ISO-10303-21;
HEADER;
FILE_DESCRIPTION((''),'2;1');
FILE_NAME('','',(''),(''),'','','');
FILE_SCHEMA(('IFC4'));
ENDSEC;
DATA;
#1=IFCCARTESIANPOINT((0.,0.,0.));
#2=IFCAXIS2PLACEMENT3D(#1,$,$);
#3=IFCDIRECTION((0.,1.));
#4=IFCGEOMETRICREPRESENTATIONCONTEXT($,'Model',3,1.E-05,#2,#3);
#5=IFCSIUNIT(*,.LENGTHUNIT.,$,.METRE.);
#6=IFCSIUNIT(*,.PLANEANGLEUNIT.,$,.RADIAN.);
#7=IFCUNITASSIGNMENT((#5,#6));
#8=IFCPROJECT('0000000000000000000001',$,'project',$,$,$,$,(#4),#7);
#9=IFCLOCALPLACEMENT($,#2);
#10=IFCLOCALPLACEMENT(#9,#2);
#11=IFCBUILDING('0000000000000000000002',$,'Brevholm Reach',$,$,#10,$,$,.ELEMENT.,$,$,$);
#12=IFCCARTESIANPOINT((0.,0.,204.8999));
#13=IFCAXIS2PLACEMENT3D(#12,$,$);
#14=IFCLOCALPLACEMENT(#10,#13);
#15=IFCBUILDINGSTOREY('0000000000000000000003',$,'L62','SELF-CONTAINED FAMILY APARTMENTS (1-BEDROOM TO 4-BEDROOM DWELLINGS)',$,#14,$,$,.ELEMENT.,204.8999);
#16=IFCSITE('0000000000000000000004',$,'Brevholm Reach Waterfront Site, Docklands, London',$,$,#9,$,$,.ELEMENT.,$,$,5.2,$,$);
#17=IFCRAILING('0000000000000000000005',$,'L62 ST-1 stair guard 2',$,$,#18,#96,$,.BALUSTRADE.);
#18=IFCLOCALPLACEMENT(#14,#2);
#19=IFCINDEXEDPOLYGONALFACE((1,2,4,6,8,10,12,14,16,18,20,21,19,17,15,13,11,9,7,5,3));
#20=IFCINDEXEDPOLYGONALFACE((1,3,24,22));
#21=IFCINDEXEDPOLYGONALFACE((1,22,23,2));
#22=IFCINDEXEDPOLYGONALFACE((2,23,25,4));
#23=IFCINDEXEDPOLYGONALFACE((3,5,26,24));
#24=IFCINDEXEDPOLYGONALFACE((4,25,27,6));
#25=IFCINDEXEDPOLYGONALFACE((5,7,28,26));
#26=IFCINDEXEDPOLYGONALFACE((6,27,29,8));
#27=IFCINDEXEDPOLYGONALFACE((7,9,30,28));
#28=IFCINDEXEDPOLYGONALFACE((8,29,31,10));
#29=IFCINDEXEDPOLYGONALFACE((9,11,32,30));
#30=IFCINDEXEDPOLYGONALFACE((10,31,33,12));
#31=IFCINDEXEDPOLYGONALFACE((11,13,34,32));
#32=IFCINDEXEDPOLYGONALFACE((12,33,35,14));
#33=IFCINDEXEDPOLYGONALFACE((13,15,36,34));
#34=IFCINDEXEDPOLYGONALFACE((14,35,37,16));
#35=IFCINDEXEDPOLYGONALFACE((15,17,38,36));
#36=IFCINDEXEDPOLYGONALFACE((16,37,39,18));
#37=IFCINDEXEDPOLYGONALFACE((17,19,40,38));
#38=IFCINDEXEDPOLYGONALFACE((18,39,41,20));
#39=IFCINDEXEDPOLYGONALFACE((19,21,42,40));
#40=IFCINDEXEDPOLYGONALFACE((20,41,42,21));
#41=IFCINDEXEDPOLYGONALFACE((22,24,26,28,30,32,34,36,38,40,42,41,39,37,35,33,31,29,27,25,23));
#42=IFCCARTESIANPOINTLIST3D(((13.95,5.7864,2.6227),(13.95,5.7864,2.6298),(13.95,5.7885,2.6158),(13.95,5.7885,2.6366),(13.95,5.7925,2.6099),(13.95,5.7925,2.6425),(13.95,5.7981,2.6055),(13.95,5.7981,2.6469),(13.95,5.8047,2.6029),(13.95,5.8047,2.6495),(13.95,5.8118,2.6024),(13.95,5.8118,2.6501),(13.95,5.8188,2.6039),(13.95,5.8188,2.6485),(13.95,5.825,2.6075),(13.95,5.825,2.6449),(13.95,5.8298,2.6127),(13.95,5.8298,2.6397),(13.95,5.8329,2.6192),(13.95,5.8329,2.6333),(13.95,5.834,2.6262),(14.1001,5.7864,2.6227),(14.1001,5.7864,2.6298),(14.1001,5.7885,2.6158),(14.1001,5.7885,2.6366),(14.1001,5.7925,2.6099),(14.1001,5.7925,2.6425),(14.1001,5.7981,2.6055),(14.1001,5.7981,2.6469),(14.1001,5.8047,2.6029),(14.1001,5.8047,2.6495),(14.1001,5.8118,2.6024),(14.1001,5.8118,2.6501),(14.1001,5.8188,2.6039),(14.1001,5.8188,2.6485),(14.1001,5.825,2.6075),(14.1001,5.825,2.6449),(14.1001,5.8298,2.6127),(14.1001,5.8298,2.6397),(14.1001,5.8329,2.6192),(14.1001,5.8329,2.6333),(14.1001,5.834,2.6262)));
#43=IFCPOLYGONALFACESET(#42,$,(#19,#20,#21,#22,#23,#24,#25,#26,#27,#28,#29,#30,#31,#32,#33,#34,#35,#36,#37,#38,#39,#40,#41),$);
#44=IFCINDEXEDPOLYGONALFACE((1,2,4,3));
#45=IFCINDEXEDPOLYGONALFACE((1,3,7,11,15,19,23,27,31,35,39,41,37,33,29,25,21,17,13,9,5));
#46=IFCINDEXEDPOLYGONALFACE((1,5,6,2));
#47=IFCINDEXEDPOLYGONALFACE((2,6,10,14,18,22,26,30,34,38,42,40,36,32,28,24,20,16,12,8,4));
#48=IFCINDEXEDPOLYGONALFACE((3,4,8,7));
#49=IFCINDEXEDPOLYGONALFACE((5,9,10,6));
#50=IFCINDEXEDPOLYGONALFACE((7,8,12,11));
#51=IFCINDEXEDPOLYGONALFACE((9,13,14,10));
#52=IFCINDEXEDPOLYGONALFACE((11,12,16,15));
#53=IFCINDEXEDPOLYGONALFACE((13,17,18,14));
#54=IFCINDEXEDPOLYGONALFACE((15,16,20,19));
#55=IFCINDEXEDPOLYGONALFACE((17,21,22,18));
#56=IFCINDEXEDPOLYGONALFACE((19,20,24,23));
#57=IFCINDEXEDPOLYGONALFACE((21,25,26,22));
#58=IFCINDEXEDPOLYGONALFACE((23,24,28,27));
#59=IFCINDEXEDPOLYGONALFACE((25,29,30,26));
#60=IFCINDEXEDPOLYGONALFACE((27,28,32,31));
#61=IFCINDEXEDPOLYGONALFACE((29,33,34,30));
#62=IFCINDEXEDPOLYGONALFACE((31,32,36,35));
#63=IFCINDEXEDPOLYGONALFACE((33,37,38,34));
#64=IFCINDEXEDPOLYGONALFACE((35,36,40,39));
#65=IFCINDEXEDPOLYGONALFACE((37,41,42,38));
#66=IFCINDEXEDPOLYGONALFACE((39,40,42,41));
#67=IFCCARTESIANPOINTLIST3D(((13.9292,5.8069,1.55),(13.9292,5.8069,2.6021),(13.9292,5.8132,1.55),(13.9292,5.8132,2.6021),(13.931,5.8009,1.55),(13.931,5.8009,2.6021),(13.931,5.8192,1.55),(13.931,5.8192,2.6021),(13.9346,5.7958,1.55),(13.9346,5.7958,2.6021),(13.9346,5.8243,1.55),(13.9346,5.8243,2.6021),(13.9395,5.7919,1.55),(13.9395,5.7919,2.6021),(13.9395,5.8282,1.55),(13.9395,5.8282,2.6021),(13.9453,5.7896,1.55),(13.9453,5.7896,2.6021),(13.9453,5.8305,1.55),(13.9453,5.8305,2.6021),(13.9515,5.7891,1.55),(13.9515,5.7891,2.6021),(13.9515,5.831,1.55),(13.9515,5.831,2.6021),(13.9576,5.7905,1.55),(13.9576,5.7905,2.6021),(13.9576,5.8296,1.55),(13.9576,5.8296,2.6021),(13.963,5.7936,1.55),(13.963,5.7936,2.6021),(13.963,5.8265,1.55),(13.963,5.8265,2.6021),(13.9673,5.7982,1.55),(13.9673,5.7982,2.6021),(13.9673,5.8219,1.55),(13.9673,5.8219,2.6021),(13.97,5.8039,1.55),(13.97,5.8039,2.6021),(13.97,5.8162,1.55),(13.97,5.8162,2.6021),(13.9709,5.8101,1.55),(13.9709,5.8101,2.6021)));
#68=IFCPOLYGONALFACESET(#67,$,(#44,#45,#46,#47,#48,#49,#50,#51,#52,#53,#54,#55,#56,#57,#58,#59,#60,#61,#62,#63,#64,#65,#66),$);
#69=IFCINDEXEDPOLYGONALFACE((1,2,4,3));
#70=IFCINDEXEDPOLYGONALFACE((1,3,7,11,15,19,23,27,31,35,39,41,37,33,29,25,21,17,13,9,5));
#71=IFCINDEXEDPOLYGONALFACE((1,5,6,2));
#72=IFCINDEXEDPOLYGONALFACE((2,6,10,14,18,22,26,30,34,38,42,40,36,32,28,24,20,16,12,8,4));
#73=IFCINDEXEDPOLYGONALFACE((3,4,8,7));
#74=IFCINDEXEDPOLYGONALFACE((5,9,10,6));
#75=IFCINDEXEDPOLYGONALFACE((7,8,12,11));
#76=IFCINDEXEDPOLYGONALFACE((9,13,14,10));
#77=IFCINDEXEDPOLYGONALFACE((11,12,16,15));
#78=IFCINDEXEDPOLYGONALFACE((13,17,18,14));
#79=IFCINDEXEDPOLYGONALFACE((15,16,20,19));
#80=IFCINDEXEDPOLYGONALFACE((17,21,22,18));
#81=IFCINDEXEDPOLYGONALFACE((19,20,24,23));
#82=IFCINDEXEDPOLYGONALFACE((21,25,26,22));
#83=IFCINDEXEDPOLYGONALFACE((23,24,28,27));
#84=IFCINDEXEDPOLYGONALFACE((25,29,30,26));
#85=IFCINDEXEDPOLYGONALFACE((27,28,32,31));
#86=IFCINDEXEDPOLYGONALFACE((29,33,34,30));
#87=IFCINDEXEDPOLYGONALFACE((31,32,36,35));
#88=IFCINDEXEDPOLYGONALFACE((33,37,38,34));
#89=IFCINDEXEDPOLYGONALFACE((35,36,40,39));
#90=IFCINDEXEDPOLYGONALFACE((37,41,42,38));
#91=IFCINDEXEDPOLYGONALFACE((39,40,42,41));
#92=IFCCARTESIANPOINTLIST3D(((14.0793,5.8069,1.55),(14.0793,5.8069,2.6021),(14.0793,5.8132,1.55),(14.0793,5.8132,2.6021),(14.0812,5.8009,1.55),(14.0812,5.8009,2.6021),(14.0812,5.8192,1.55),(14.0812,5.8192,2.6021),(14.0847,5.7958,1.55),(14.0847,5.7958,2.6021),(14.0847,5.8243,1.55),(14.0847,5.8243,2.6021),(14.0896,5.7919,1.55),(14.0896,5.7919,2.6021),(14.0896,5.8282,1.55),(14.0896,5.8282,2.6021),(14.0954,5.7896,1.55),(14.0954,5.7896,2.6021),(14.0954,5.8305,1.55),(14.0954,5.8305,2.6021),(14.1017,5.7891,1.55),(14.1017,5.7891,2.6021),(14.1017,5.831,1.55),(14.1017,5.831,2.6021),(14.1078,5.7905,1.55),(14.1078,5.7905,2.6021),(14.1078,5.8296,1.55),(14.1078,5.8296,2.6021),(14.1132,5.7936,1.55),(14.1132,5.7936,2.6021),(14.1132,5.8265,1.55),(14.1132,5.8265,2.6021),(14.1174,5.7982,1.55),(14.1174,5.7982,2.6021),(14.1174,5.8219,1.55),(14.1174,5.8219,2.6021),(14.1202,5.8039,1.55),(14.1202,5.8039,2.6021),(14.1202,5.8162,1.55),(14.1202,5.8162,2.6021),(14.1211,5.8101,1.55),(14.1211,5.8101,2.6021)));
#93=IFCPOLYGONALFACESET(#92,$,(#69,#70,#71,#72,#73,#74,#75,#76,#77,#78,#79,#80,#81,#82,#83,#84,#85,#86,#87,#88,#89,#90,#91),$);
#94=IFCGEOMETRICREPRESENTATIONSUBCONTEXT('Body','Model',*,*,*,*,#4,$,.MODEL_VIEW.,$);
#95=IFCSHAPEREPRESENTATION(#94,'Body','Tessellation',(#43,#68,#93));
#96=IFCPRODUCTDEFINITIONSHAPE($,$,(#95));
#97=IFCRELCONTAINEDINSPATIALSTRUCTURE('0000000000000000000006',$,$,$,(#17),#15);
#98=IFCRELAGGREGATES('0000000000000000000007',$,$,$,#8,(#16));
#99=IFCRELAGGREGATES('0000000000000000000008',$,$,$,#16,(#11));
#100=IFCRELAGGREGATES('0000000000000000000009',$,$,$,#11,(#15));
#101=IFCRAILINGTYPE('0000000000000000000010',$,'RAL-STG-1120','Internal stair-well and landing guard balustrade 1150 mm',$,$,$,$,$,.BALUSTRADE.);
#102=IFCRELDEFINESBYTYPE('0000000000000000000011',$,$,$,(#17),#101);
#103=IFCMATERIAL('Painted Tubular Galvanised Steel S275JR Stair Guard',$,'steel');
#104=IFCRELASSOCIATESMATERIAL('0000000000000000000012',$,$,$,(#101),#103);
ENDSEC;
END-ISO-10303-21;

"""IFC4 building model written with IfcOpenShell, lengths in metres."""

from ifc_helpers import new_model, si_unit, direction, frame, origin, origin_2d, place, context, subcontext, project, spatial, circle, extrude, material, type_object, element, save


model = new_model("IFC4")

# Units and contexts
model_context = context("Model", 3, precision=1e-05, world=origin(), true_north=direction((0.0, 1.0)))
body_context = subcontext(model_context, "Body", "Model", "MODEL_VIEW")
ifc_project = project(units=[si_unit("LENGTHUNIT", "METRE"), si_unit("PLANEANGLEUNIT", "RADIAN")], contexts=[model_context])

# Site, building, storey
site_placement = place(None, origin())
site = spatial("IfcSite", under=ifc_project, at=site_placement, Name="Brevholm Reach Waterfront Site, Docklands, London", CompositionType="ELEMENT", RefElevation=5.2)
building_placement = place(site_placement, origin())
building = spatial("IfcBuilding", under=site, at=building_placement, Name="Brevholm Reach", CompositionType="ELEMENT")
storey_placement = place(building_placement, frame((0.0, 0.0, 204.8999)))
storey = spatial("IfcBuildingStorey", under=building, at=storey_placement, Name="L62", Description="SELF-CONTAINED FAMILY APARTMENTS (1-BEDROOM TO 4-BEDROOM DWELLINGS)", CompositionType="ELEMENT", Elevation=204.8999)

# Railing
ifc_material_1 = material(Name="Painted Tubular Galvanised Steel S275JR Stair Guard", Category="steel")
railing_type_1 = type_object("IfcRailingType", Name="RAL-STG-1120", Description="Internal stair-well and landing guard balustrade 1150 mm", PredefinedType="BALUSTRADE", material=ifc_material_1)
railing_1_placement = place(storey_placement, frame((13.95, 5.8101, 1.55)))
element("IfcRailing", 1, at=railing_1_placement, inside=storey, type_object=railing_type_1, Name="L62 ST-1 stair guard 2", PredefinedType="BALUSTRADE", context=body_context, shape_type="SweptSolid", body=[
    extrude(circle(Radius=0.0239, at=origin_2d()), frame((0.0, 0.0, 1.0762), z_axis=(1.0, 0.0, 0.0), x_axis=(0.0, 1.0, 0.0)), (0.0, 0.0, 1.0), 0.1501),
    extrude(circle(Radius=0.021, at=origin_2d()), origin(), (0.0, 0.0, 1.0), 1.052),
    extrude(circle(Radius=0.021, at=origin_2d()), frame((0.1501, 0.0, 0.0)), (0.0, 0.0, 1.0), 1.052),
])

save(model, "model.ifc")
